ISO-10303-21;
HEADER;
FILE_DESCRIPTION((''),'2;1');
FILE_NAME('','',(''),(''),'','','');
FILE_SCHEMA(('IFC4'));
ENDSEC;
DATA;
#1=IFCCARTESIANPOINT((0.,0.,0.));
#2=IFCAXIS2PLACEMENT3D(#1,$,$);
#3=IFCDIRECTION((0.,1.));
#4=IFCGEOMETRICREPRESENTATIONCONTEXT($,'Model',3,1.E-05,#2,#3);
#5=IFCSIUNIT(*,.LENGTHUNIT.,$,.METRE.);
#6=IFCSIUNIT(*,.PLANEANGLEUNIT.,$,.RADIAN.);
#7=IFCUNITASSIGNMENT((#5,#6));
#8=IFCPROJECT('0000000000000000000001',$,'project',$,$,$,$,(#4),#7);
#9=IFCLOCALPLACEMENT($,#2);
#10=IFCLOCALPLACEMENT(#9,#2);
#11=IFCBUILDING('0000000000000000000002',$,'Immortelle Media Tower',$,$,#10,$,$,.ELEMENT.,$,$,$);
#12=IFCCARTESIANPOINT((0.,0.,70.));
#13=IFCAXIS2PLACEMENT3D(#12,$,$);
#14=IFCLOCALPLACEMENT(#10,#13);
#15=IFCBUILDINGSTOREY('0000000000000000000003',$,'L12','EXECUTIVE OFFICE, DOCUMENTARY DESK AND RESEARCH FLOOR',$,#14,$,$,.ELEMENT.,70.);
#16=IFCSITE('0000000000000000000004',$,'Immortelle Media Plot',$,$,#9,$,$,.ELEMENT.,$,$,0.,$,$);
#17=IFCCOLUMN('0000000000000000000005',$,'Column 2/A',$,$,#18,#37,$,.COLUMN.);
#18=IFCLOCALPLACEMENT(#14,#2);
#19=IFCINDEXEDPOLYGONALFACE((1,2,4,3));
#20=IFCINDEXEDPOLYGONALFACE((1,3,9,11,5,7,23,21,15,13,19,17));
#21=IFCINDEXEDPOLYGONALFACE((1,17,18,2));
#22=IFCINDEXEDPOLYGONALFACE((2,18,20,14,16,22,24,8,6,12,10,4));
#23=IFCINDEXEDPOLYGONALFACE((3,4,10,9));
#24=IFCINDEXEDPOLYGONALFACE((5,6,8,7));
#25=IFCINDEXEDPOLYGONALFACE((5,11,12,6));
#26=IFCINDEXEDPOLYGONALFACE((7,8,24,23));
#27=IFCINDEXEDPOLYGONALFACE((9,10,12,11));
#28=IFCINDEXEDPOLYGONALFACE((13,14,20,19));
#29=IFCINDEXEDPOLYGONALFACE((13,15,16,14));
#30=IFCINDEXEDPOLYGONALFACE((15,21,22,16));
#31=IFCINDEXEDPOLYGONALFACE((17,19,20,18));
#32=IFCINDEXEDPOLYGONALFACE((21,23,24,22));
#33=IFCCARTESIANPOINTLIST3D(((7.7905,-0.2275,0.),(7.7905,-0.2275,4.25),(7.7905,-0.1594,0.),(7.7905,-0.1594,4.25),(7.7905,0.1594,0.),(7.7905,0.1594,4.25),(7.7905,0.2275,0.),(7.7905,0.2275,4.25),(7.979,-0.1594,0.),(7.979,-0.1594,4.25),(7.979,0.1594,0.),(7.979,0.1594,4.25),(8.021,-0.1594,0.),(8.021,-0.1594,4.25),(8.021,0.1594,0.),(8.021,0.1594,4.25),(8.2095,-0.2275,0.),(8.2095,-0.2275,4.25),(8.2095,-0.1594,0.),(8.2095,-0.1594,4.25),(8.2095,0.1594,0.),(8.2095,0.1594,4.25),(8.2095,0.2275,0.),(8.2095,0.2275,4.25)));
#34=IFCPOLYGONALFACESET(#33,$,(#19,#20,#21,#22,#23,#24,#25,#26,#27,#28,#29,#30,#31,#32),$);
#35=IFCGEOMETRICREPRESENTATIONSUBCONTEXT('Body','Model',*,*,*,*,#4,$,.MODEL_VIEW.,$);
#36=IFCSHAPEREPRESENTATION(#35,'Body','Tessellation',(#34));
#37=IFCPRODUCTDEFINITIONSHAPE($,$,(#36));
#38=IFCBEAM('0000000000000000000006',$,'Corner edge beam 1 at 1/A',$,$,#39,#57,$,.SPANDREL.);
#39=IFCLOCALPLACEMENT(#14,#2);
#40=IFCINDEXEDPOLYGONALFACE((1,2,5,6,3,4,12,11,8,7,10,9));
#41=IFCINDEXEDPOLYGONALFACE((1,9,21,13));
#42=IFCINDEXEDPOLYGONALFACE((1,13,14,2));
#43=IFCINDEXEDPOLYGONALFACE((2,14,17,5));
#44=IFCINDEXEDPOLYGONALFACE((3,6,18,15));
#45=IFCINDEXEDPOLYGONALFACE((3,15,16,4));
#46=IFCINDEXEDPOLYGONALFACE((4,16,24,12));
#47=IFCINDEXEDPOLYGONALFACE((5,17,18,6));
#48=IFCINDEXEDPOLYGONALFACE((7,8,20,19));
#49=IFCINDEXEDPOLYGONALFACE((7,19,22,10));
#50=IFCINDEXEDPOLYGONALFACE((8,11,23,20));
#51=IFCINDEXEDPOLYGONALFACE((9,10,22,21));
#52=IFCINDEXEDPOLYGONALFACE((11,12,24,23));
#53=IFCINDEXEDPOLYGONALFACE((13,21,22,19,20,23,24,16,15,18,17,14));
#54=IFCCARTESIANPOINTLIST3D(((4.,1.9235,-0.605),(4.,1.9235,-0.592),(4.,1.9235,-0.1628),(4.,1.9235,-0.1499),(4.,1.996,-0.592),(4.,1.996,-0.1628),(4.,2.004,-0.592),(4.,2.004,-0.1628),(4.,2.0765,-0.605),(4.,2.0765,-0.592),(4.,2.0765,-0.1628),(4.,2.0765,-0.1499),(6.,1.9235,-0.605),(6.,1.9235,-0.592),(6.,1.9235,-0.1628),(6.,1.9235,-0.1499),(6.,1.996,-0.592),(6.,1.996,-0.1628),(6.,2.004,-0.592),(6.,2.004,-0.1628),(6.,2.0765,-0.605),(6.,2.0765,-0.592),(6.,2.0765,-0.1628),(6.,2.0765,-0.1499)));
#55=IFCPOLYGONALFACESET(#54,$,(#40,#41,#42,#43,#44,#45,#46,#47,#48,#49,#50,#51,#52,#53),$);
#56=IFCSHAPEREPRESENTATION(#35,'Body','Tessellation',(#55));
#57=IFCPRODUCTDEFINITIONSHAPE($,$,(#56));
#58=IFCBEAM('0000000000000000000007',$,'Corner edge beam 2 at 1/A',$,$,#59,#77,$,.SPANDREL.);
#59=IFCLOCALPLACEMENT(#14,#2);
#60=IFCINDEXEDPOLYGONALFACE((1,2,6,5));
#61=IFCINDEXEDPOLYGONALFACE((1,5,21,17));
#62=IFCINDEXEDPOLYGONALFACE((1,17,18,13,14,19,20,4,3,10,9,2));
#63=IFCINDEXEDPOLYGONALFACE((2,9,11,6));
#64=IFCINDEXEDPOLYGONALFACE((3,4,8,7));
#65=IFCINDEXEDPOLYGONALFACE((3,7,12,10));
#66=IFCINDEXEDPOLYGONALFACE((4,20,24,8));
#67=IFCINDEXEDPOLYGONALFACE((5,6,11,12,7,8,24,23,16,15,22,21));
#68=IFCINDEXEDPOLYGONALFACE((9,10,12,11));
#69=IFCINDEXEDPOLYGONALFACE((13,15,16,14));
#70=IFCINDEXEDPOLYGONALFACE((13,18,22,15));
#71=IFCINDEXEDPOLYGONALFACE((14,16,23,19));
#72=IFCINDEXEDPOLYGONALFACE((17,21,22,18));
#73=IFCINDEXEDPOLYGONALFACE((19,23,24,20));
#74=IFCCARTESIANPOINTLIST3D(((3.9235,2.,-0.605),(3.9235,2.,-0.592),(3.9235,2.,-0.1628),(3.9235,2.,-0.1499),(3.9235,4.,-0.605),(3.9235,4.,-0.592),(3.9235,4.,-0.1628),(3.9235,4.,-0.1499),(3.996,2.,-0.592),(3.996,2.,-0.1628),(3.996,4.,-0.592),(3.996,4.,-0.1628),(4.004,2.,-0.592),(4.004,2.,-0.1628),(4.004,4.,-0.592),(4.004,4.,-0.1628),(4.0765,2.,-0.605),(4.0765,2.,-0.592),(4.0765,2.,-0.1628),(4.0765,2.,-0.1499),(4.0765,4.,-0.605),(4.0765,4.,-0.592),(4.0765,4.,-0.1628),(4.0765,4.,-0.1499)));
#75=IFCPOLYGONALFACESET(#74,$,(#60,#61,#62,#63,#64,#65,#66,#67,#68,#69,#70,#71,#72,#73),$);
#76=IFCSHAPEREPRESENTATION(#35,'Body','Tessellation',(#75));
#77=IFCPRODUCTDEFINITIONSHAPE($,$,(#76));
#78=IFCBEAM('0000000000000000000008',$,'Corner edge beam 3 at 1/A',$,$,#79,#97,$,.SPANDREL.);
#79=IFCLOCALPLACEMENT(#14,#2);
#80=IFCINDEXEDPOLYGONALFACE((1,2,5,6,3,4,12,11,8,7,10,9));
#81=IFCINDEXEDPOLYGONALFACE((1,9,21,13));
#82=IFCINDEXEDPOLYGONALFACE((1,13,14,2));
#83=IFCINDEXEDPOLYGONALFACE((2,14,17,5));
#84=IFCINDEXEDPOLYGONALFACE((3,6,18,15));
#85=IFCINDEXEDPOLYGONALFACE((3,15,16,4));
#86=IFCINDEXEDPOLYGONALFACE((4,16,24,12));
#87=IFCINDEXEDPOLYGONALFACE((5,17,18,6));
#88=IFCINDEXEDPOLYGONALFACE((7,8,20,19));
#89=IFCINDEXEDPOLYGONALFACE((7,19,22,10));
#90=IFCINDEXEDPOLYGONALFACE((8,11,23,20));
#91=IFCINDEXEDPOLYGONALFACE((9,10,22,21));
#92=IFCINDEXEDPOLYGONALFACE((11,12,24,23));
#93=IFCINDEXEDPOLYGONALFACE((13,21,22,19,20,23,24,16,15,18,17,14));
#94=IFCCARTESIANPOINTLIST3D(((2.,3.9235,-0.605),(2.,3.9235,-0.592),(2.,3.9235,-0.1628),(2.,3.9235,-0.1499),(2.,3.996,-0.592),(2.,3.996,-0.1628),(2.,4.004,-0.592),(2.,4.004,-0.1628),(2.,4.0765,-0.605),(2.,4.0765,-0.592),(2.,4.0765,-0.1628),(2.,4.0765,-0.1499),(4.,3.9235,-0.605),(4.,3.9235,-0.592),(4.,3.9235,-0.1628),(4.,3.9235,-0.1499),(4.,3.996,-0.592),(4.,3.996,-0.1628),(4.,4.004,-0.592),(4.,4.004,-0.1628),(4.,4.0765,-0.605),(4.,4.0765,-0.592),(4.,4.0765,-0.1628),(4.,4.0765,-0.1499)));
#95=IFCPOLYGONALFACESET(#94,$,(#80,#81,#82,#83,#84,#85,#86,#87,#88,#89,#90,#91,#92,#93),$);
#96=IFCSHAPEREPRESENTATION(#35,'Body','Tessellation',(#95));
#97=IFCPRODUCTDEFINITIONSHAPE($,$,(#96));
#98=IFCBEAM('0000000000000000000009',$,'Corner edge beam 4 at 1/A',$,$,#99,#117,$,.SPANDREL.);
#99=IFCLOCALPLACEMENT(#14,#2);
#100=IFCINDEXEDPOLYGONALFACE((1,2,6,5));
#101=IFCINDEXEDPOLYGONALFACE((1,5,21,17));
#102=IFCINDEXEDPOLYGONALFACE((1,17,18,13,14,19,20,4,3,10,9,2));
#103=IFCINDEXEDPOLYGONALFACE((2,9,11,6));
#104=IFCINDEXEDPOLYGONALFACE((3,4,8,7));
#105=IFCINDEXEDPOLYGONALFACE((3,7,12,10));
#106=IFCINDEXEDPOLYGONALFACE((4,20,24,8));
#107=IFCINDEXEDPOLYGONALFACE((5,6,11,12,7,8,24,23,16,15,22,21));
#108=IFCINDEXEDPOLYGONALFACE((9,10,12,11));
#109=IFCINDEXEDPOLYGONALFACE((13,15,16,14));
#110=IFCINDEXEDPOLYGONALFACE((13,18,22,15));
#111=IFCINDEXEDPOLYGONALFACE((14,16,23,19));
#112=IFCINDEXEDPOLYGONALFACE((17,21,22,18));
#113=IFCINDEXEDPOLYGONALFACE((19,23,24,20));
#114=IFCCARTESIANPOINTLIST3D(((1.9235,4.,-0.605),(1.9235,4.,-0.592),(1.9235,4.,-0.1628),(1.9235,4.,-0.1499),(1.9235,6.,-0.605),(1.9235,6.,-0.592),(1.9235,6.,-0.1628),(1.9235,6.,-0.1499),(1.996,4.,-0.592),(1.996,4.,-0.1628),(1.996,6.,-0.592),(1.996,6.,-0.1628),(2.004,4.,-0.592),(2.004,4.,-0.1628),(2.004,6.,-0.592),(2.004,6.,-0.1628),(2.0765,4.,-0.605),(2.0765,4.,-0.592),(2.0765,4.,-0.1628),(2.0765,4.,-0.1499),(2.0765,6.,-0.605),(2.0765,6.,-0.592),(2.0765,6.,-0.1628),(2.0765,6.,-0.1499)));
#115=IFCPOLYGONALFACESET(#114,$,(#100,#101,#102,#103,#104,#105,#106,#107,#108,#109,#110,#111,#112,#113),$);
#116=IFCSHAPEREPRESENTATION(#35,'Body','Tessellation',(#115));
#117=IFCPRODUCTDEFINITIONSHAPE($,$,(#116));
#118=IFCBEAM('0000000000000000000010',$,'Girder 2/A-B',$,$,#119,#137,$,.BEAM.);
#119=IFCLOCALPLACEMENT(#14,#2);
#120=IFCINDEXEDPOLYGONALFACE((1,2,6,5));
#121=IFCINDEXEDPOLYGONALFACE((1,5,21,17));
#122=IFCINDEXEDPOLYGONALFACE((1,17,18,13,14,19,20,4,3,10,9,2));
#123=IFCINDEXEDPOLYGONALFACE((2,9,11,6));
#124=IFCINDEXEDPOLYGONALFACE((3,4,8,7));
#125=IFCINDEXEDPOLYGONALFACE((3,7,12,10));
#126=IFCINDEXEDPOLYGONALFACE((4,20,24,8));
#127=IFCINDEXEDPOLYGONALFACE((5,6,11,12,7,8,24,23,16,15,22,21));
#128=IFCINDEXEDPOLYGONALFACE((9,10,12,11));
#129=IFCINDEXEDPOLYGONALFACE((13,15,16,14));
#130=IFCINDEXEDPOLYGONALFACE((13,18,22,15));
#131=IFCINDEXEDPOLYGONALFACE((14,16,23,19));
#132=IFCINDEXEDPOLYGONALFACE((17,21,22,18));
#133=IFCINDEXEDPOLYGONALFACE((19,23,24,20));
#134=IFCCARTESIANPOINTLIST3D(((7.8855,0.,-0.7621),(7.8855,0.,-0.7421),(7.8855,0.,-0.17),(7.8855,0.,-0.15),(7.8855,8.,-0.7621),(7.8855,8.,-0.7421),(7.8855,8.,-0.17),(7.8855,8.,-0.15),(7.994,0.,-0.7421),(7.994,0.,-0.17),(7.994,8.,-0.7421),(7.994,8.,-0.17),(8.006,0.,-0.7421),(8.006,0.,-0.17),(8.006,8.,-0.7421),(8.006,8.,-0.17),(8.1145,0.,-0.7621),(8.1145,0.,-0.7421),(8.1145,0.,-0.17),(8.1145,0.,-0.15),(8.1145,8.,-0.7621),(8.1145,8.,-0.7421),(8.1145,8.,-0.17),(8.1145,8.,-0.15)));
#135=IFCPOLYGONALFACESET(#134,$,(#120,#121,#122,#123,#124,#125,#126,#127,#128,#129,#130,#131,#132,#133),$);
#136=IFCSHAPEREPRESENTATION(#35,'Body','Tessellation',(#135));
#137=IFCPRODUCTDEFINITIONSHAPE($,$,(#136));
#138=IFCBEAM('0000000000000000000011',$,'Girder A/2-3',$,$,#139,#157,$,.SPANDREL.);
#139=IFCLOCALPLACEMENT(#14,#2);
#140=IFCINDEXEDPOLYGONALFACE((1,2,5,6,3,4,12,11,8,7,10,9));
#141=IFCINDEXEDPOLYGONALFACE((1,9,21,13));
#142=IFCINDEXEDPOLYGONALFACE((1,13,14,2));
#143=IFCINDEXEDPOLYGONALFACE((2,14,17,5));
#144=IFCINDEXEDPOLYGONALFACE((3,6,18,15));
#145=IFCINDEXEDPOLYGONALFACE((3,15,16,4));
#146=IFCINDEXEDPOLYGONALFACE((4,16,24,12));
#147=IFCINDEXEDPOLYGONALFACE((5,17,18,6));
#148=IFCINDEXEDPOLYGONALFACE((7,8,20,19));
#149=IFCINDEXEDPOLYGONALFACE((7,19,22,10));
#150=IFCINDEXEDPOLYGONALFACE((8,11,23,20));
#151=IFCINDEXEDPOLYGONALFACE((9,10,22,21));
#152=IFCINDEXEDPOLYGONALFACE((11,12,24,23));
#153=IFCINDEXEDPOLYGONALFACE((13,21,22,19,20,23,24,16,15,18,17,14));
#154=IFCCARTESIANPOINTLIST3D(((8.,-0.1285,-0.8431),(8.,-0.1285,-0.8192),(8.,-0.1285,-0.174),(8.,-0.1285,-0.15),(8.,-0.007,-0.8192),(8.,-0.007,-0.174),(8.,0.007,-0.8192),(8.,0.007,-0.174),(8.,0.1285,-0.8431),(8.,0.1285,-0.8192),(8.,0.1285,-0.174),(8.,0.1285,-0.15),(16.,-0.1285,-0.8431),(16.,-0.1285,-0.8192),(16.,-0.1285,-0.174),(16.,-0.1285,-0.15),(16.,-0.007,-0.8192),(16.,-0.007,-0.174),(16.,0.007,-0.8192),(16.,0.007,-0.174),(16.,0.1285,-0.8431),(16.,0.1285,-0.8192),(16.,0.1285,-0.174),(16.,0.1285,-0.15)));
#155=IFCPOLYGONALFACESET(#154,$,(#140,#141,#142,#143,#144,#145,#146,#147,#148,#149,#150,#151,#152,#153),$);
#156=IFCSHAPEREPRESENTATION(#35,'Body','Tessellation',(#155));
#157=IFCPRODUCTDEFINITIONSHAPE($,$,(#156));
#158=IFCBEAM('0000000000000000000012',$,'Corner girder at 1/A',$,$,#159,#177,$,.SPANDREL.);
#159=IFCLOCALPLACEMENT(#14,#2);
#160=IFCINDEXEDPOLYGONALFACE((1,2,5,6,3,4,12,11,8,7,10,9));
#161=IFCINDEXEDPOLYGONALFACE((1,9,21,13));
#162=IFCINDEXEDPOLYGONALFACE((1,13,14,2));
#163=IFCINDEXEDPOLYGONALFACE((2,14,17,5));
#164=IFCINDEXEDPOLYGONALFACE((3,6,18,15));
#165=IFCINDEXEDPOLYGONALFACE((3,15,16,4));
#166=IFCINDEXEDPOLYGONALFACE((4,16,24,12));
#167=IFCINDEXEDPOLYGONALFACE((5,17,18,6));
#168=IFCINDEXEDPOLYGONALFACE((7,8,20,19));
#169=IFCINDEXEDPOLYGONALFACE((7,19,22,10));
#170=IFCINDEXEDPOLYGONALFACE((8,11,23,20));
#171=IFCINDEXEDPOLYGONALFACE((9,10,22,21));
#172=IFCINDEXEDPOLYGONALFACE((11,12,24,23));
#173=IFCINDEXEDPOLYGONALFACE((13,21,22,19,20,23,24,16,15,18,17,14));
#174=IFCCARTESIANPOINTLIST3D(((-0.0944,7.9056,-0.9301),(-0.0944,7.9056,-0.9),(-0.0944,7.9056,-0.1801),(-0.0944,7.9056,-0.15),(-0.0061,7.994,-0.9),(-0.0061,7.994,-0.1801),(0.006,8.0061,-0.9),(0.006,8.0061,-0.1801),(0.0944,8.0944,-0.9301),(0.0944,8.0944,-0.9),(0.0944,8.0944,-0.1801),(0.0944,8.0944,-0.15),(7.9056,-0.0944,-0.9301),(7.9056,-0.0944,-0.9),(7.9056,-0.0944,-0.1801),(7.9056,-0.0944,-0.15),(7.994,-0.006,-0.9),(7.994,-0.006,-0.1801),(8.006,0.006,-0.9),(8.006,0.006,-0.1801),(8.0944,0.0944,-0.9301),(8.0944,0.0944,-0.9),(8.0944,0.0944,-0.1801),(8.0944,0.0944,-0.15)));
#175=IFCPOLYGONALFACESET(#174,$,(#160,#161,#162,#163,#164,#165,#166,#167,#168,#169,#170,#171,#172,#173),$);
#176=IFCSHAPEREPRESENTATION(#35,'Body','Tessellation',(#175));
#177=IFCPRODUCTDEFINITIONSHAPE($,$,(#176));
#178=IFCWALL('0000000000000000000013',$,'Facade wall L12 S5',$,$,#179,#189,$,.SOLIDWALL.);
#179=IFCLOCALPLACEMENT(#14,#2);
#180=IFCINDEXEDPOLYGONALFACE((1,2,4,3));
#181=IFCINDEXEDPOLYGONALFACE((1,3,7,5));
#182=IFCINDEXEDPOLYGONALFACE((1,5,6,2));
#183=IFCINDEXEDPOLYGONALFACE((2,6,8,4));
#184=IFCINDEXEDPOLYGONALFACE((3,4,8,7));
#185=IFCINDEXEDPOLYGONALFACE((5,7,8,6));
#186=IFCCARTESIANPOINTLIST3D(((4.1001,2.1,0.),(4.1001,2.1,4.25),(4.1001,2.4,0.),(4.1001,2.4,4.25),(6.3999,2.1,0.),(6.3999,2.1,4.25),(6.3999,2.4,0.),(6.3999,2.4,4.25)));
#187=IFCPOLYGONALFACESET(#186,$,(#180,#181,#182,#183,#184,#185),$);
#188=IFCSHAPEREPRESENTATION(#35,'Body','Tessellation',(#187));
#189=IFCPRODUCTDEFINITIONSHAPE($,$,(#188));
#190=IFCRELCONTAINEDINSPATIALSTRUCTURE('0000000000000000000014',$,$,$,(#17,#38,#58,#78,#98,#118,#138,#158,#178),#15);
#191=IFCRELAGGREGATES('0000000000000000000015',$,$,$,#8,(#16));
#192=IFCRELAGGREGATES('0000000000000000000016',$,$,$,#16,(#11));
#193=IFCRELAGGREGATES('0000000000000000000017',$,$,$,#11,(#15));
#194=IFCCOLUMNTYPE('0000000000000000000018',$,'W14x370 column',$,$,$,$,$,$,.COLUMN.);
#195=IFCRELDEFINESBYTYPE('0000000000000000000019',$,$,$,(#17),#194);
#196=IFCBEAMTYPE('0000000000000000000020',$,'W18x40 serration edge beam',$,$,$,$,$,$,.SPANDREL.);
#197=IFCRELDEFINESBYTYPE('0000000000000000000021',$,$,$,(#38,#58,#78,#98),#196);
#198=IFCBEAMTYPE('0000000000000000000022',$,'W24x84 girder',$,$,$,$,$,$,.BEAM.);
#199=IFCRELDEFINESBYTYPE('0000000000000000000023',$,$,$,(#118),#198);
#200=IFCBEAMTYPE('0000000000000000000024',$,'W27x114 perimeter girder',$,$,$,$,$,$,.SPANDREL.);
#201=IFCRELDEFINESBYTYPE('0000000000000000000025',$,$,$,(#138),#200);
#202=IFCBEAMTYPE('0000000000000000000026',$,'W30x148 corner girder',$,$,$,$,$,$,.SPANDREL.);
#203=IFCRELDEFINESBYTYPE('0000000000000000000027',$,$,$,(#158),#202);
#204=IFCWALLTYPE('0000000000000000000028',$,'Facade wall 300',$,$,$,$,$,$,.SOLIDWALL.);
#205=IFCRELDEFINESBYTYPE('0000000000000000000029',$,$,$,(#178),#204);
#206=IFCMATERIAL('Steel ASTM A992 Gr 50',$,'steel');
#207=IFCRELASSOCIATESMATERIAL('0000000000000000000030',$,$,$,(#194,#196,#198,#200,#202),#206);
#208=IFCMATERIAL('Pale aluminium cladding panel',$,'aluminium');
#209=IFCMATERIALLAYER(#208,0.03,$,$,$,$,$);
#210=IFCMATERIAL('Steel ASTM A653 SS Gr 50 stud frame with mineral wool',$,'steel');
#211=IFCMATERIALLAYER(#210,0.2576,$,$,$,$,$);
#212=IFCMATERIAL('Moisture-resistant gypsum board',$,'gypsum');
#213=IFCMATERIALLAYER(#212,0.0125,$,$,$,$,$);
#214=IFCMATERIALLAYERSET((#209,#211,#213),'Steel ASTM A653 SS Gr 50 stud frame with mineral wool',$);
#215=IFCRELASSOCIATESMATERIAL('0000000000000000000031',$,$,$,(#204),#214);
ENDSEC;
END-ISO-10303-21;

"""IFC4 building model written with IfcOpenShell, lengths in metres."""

from ifc_helpers import new_model, si_unit, direction, frame, frame_2d, origin, origin_2d, place, context, subcontext, project, spatial, rectangle, i_section, extrude, material, layer, layer_set, material_profile, profile_set, type_object, element, save


model = new_model("IFC4")

# Units and contexts
model_context = context("Model", 3, precision=1e-05, world=origin(), true_north=direction((0.0, 1.0)))
body_context = subcontext(model_context, "Body", "Model", "MODEL_VIEW")
ifc_project = project(units=[si_unit("LENGTHUNIT", "METRE"), si_unit("PLANEANGLEUNIT", "RADIAN")], contexts=[model_context])

# Site, building, storey
site_placement = place(None, origin())
site = spatial("IfcSite", under=ifc_project, at=site_placement, Name="Immortelle Media Plot", CompositionType="ELEMENT", RefElevation=0.0)
building_placement = place(site_placement, origin())
building = spatial("IfcBuilding", under=site, at=building_placement, Name="Immortelle Media Tower", CompositionType="ELEMENT")
storey_placement = place(building_placement, frame((0.0, 0.0, 70.0)))
storey = spatial("IfcBuildingStorey", under=building, at=storey_placement, Name="L12", Description="EXECUTIVE OFFICE, DOCUMENTARY DESK AND RESEARCH FLOOR", CompositionType="ELEMENT", Elevation=70.0)

# Column
ifc_material_1 = material(Name="Steel ASTM A992 Gr 50", Category="steel")
ifc_material_profile_1 = material_profile(ifc_material_1, i_section(OverallWidth=0.4189, OverallDepth=0.4551, WebThickness=0.042, FlangeThickness=0.0681, at=origin_2d()), Name="W14x370")
ifc_profile_set_1 = profile_set([ifc_material_profile_1], Name="Steel ASTM A992 Gr 50")
column_type = type_object("IfcColumnType", Name="W14x370 column", PredefinedType="COLUMN", material=ifc_profile_set_1)
column_placement = place(storey_placement, frame((8.0, 0.0, 0.0), z_axis=(0.0, 0.0, 1.0), x_axis=(1.0, 0.0, 0.0)))
element("IfcColumn", 1, at=column_placement, inside=storey, type_object=column_type, Name="Column 2/A", PredefinedType="COLUMN", context=body_context, shape_type="SweptSolid", body=[
    extrude(i_section(OverallWidth=0.4189, OverallDepth=0.4551, WebThickness=0.042, FlangeThickness=0.0681, at=origin_2d()), origin(), (0.0, 0.0, 1.0), 4.25),
])

# Beams
ifc_material_profile_2 = material_profile(ifc_material_1, i_section(OverallWidth=0.1531, OverallDepth=0.4551, WebThickness=0.0081, FlangeThickness=0.0129, at=origin_2d()), Name="W18x40")
ifc_profile_set_2 = profile_set([ifc_material_profile_2], Name="Steel ASTM A992 Gr 50")
beam_type_1 = type_object("IfcBeamType", Name="W18x40 serration edge beam", PredefinedType="SPANDREL", material=ifc_profile_set_2)
for number, where, z_axis, x_axis, name in (
    (2, (6.0, 2.0, -0.3774), (-1.0, 0.0, 0.0), (0.0, -1.0, 0.0), "Corner edge beam 1 at 1/A"),
    (3, (4.0, 2.0, -0.3774), (0.0, 1.0, 0.0), (-1.0, 0.0, 0.0), "Corner edge beam 2 at 1/A"),
    (4, (4.0, 4.0, -0.3774), (-1.0, 0.0, 0.0), (0.0, -1.0, 0.0), "Corner edge beam 3 at 1/A"),
    (5, (2.0, 4.0, -0.3774), (0.0, 1.0, 0.0), (-1.0, 0.0, 0.0), "Corner edge beam 4 at 1/A"),
):
    element("IfcBeam", number, at=place(storey_placement, frame(where, z_axis=z_axis, x_axis=x_axis)), inside=storey, type_object=beam_type_1, Name=name, PredefinedType="SPANDREL", context=body_context, shape_type="SweptSolid", body=[
        extrude(i_section(OverallWidth=0.1531, OverallDepth=0.4551, WebThickness=0.0081, FlangeThickness=0.0129, at=origin_2d()), origin(), (0.0, 0.0, 1.0), 2.0),
    ])
ifc_material_profile_3 = material_profile(ifc_material_1, i_section(OverallWidth=0.229, OverallDepth=0.6121, WebThickness=0.012, FlangeThickness=0.02, at=origin_2d()), Name="W24x84")
ifc_profile_set_3 = profile_set([ifc_material_profile_3], Name="Steel ASTM A992 Gr 50")
beam_type_2 = type_object("IfcBeamType", Name="W24x84 girder", PredefinedType="BEAM", material=ifc_profile_set_3)
beam_1_placement = place(storey_placement, frame((8.0, 0.0, -0.4561), z_axis=(0.0, 1.0, 0.0), x_axis=(-1.0, 0.0, 0.0)))
element("IfcBeam", 6, at=beam_1_placement, inside=storey, type_object=beam_type_2, Name="Girder 2/A-B", PredefinedType="BEAM", context=body_context, shape_type="SweptSolid", body=[
    extrude(i_section(OverallWidth=0.229, OverallDepth=0.6121, WebThickness=0.012, FlangeThickness=0.02, at=origin_2d()), origin(), (0.0, 0.0, 1.0), 8.0),
])
ifc_material_profile_4 = material_profile(ifc_material_1, i_section(OverallWidth=0.2571, OverallDepth=0.6931, WebThickness=0.0139, FlangeThickness=0.0239, at=origin_2d()), Name="W27x114")
ifc_profile_set_4 = profile_set([ifc_material_profile_4], Name="Steel ASTM A992 Gr 50")
beam_type_3 = type_object("IfcBeamType", Name="W27x114 perimeter girder", PredefinedType="SPANDREL", material=ifc_profile_set_4)
beam_2_placement = place(storey_placement, frame((8.0, 0.0, -0.4966), z_axis=(1.0, 0.0, 0.0), x_axis=(0.0, 1.0, 0.0)))
element("IfcBeam", 7, at=beam_2_placement, inside=storey, type_object=beam_type_3, Name="Girder A/2-3", PredefinedType="SPANDREL", context=body_context, shape_type="SweptSolid", body=[
    extrude(i_section(OverallWidth=0.2571, OverallDepth=0.6931, WebThickness=0.0139, FlangeThickness=0.0239, at=origin_2d()), origin(), (0.0, 0.0, 1.0), 8.0),
])
ifc_material_profile_5 = material_profile(ifc_material_1, i_section(OverallWidth=0.2671, OverallDepth=0.78, WebThickness=0.0171, FlangeThickness=0.03, at=origin_2d()), Name="W30x148")
ifc_profile_set_5 = profile_set([ifc_material_profile_5], Name="Steel ASTM A992 Gr 50")
beam_type_4 = type_object("IfcBeamType", Name="W30x148 corner girder", PredefinedType="SPANDREL", material=ifc_profile_set_5)
beam_3_placement = place(storey_placement, frame((8.0, 0.0, -0.54), z_axis=(-0.707107, 0.707107, 0.0), x_axis=(-0.707107, -0.707107, 0.0)))
element("IfcBeam", 8, at=beam_3_placement, inside=storey, type_object=beam_type_4, Name="Corner girder at 1/A", PredefinedType="SPANDREL", context=body_context, shape_type="SweptSolid", body=[
    extrude(i_section(OverallWidth=0.2671, OverallDepth=0.78, WebThickness=0.0171, FlangeThickness=0.03, at=origin_2d()), origin(), (0.0, 0.0, 1.0), 11.3137),
])

# Wall
ifc_material_2 = material(Name="Pale aluminium cladding panel", Category="aluminium")
ifc_layer_1 = layer(ifc_material_2, 0.03)
ifc_material_3 = material(Name="Steel ASTM A653 SS Gr 50 stud frame with mineral wool", Category="steel")
ifc_layer_2 = layer(ifc_material_3, 0.2576)
ifc_material_4 = material(Name="Moisture-resistant gypsum board", Category="gypsum")
ifc_layer_3 = layer(ifc_material_4, 0.0125)
ifc_layer_set_1 = layer_set([ifc_layer_1, ifc_layer_2, ifc_layer_3], Name="Steel ASTM A653 SS Gr 50 stud frame with mineral wool")
wall_type_1 = type_object("IfcWallType", Name="Facade wall 300", PredefinedType="SOLIDWALL", material=ifc_layer_set_1)
wall_1_placement = place(storey_placement, frame((4.1001, 2.25, 0.0), z_axis=(0.0, 0.0, 1.0), x_axis=(1.0, 0.0, 0.0)))
element("IfcWall", 9, at=wall_1_placement, inside=storey, type_object=wall_type_1, Name="Facade wall L12 S5", PredefinedType="SOLIDWALL", context=body_context, shape_type="SweptSolid", body=[
    extrude(rectangle(XDim=2.2998, YDim=0.3, at=frame_2d((1.1499, 0.0))), origin(), (0.0, 0.0, 1.0), 4.25),
])

save(model, "model.ifc")
